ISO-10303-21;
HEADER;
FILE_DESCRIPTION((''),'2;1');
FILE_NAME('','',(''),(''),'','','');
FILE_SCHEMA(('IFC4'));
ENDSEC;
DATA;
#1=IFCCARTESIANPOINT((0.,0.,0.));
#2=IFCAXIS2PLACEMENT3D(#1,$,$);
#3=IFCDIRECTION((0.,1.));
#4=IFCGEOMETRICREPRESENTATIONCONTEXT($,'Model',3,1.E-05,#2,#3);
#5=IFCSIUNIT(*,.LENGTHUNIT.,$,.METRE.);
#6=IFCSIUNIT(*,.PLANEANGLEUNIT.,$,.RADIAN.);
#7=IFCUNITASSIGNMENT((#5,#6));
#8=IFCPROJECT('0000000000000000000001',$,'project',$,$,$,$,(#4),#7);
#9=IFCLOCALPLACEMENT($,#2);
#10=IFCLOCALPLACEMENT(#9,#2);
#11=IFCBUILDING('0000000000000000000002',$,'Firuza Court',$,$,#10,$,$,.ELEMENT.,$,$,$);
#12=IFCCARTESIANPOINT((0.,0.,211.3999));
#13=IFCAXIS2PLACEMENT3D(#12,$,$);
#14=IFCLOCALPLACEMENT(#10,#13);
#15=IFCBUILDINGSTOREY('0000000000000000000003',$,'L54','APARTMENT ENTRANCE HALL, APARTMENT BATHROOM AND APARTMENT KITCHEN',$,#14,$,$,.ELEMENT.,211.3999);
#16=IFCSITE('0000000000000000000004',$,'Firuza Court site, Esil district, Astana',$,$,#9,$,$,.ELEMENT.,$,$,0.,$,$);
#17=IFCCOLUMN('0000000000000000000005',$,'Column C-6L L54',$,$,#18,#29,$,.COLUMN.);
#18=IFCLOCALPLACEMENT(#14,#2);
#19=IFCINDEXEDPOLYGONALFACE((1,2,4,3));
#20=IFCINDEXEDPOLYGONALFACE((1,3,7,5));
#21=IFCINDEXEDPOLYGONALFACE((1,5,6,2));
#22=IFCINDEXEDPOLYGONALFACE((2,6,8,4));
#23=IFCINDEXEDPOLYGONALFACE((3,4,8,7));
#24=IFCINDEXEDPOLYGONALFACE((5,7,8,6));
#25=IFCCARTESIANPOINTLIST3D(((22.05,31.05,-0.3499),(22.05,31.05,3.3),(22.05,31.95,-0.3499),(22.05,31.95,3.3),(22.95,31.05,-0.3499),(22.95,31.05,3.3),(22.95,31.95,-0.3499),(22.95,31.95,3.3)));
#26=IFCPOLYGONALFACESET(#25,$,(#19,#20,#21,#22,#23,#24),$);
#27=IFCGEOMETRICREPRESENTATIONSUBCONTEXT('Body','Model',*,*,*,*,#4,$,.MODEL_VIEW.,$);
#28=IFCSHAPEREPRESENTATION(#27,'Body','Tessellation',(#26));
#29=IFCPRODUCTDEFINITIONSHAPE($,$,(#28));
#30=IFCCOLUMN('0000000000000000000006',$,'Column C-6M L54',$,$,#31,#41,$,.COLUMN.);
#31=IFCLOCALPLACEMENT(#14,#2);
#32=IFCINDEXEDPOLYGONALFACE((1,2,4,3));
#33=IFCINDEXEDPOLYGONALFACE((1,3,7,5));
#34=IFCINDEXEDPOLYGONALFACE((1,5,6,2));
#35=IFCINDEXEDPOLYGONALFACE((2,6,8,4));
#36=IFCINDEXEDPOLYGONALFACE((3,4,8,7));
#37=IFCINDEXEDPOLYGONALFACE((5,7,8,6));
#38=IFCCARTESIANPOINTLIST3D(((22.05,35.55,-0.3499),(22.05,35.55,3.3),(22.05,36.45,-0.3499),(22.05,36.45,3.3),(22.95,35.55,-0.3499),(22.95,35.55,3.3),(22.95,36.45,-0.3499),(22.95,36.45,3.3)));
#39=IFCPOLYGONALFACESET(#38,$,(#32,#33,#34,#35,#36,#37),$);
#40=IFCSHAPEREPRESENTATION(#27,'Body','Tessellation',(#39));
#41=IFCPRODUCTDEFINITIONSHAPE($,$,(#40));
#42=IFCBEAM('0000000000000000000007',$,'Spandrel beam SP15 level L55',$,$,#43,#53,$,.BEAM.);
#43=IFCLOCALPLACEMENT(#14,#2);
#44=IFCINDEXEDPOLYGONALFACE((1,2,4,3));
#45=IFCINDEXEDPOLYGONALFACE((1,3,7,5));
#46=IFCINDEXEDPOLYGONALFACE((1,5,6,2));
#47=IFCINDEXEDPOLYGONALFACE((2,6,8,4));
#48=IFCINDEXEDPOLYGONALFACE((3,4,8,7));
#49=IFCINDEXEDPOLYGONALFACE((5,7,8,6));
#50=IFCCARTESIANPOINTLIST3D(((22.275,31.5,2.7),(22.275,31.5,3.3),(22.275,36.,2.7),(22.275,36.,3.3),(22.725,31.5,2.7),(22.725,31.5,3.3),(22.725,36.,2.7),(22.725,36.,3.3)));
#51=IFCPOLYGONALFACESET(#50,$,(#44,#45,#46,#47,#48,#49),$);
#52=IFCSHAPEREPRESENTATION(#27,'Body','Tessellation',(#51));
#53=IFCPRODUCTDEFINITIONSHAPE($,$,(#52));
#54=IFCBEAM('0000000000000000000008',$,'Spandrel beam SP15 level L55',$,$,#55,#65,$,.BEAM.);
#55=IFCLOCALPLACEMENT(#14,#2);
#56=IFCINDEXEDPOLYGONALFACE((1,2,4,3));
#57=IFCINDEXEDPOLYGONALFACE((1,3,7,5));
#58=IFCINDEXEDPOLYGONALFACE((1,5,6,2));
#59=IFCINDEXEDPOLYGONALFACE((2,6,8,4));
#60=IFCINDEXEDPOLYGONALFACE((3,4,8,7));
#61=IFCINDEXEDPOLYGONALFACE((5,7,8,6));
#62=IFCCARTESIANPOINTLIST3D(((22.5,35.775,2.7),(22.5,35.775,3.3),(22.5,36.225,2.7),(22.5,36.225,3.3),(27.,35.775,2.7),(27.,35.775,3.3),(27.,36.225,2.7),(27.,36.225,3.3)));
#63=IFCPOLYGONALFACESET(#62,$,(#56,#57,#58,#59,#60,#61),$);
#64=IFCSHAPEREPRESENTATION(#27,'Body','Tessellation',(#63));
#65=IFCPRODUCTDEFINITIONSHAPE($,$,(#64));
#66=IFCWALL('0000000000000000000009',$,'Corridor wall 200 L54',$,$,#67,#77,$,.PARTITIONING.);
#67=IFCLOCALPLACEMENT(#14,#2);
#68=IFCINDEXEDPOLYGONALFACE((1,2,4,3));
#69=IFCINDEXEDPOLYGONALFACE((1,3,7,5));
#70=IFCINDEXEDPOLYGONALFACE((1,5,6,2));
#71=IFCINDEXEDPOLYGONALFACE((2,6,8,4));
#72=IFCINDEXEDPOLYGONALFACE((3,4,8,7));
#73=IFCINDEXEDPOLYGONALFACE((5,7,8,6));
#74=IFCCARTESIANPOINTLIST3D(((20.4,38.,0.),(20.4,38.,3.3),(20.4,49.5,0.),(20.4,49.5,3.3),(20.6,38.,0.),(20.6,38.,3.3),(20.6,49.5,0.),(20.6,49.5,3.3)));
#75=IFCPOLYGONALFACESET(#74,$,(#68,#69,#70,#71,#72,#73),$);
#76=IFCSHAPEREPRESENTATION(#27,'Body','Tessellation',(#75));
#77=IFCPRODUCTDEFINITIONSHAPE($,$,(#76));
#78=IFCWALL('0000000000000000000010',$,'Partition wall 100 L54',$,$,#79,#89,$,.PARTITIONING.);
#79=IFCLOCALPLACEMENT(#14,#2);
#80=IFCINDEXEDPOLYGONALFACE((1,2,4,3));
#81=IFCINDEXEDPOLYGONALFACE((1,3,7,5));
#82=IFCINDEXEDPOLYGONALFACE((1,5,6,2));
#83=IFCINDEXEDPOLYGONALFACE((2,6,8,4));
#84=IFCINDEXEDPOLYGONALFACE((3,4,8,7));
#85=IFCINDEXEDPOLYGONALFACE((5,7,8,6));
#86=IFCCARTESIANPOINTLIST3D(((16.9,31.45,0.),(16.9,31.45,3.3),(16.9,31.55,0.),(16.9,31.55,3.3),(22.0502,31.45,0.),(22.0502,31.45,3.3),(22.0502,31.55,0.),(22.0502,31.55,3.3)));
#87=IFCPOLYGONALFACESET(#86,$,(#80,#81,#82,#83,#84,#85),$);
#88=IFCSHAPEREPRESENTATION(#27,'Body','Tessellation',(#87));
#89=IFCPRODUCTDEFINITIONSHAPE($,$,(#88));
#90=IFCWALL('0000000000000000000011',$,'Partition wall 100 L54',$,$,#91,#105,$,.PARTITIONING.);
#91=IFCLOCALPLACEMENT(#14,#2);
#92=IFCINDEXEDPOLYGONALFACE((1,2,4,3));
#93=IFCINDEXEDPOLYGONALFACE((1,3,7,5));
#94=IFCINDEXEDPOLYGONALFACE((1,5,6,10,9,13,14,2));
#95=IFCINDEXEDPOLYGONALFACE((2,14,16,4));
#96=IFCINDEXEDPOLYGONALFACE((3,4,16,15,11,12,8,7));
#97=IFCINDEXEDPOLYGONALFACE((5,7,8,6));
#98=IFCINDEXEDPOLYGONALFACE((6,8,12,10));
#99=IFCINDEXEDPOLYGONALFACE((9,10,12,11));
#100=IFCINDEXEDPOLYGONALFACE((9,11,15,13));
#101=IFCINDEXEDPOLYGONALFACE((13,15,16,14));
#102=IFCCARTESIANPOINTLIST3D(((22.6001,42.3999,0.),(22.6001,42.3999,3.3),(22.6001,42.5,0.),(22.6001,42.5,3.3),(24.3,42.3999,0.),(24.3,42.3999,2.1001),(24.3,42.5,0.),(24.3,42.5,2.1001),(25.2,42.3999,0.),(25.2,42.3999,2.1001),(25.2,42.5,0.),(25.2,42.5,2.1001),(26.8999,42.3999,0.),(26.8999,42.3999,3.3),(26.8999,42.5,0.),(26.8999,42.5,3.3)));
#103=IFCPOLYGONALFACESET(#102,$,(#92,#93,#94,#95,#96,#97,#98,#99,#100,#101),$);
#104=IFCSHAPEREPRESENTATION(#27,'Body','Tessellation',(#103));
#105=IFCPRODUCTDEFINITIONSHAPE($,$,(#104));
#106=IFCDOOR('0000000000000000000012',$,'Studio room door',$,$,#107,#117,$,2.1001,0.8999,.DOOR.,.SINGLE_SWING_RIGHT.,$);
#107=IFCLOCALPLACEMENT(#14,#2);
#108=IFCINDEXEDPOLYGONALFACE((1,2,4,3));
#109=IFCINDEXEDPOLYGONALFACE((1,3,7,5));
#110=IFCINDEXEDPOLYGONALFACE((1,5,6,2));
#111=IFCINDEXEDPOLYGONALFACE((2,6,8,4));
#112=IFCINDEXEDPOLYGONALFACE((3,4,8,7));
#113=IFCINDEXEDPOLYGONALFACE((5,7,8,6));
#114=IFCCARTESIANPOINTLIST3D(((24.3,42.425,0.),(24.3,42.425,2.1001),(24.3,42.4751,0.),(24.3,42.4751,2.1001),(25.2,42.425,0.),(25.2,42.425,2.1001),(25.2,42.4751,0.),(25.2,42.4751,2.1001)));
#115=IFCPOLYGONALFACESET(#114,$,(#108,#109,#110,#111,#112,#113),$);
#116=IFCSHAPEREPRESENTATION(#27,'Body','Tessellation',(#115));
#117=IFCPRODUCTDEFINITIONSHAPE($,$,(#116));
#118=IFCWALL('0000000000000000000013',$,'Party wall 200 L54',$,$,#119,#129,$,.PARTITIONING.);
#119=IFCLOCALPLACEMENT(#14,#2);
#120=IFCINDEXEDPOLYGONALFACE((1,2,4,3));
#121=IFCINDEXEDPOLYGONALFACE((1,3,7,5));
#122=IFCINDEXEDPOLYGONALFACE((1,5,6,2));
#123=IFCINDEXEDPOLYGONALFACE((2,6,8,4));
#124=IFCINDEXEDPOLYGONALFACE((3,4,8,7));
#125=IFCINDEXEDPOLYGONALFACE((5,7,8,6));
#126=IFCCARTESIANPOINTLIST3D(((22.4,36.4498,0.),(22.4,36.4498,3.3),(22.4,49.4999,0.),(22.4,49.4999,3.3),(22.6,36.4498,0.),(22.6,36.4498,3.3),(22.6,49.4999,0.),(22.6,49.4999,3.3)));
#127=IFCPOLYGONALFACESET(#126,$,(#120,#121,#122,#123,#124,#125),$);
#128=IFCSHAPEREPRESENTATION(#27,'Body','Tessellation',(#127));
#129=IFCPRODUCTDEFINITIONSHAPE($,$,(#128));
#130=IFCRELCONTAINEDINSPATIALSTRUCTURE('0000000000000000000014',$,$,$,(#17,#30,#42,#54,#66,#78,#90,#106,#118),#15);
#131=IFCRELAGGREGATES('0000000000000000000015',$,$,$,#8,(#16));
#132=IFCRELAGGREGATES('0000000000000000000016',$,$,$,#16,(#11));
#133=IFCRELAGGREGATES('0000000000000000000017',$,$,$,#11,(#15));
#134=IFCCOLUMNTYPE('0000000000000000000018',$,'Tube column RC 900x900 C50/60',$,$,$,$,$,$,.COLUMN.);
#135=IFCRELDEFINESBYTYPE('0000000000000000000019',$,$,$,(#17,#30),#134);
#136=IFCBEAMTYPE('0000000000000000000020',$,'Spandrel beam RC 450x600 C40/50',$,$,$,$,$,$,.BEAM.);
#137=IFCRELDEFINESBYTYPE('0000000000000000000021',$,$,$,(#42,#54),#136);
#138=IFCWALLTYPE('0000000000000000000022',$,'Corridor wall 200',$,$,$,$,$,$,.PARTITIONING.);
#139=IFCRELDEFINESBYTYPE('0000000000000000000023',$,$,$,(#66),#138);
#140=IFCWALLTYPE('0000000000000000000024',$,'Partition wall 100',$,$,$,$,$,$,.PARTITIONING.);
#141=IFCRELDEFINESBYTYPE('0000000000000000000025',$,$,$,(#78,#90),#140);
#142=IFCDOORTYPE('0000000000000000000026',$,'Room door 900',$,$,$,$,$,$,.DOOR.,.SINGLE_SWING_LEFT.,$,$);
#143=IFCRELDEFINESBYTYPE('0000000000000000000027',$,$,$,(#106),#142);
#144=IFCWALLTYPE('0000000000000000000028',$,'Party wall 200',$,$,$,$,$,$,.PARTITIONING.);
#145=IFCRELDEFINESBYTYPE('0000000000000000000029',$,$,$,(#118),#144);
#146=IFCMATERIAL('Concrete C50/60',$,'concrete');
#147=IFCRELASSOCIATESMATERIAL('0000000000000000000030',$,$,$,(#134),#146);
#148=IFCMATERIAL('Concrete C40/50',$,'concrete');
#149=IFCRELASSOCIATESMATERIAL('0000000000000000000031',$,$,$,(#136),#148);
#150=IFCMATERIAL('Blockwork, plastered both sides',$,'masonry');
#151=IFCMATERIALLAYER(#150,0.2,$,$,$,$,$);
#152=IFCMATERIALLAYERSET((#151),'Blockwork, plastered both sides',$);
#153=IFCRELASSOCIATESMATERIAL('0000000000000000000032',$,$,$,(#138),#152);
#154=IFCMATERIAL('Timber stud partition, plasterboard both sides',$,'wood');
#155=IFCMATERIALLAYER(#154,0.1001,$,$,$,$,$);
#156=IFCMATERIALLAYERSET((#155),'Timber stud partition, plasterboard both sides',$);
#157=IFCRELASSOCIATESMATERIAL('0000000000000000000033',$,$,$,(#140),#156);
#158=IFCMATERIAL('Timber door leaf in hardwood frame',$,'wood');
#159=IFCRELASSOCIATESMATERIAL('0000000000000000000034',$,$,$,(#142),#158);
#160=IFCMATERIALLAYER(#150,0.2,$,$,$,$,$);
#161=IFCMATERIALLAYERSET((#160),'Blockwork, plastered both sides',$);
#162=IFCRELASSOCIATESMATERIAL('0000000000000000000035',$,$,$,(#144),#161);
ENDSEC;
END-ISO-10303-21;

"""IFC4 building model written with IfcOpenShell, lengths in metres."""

from ifc_helpers import new_model, si_unit, direction, frame, frame_2d, origin, origin_2d, place, context, subcontext, project, spatial, rectangle, extrude, material, layer, layer_set, material_profile, profile_set, type_object, element, fill, save


model = new_model("IFC4")

# Units and contexts
model_context = context("Model", 3, precision=1e-05, world=origin(), true_north=direction((0.0, 1.0)))
body_context = subcontext(model_context, "Body", "Model", "MODEL_VIEW")
ifc_project = project(units=[si_unit("LENGTHUNIT", "METRE"), si_unit("PLANEANGLEUNIT", "RADIAN")], contexts=[model_context])

# Site, building, storey
site_placement = place(None, origin())
site = spatial("IfcSite", under=ifc_project, at=site_placement, Name="Firuza Court site, Esil district, Astana", CompositionType="ELEMENT", RefElevation=0.0)
building_placement = place(site_placement, origin())
building = spatial("IfcBuilding", under=site, at=building_placement, Name="Firuza Court", CompositionType="ELEMENT")
storey_placement = place(building_placement, frame((0.0, 0.0, 211.3999)))
storey = spatial("IfcBuildingStorey", under=building, at=storey_placement, Name="L54", Description="APARTMENT ENTRANCE HALL, APARTMENT BATHROOM AND APARTMENT KITCHEN", CompositionType="ELEMENT", Elevation=211.3999)

# Columns
ifc_material_1 = material(Name="Concrete C50/60", Category="concrete")
ifc_material_profile_1 = material_profile(ifc_material_1, rectangle(XDim=0.8999, YDim=0.8999, at=origin_2d()), Name="RC 900x900")
ifc_profile_set_1 = profile_set([ifc_material_profile_1], Name="Concrete C50/60")
column_type = type_object("IfcColumnType", Name="Tube column RC 900x900 C50/60", PredefinedType="COLUMN", material=ifc_profile_set_1)
for number, where, z_axis, x_axis, name in (
    (1, (22.5, 31.5, -0.3499), (0.0, 0.0, 1.0), (1.0, 0.0, 0.0), "Column C-6L L54"),
    (2, (22.5, 36.0, -0.3499), (0.0, 0.0, 1.0), (1.0, 0.0, 0.0), "Column C-6M L54"),
):
    element("IfcColumn", number, at=place(storey_placement, frame(where, z_axis=z_axis, x_axis=x_axis)), inside=storey, type_object=column_type, Name=name, PredefinedType="COLUMN", context=body_context, shape_type="SweptSolid", body=[
        extrude(rectangle(XDim=0.8999, YDim=0.8999, at=origin_2d()), origin(), (0.0, 0.0, 1.0), 3.6499),
    ])

# Beams
ifc_material_2 = material(Name="Concrete C40/50", Category="concrete")
ifc_material_profile_2 = material_profile(ifc_material_2, rectangle(XDim=0.45, YDim=0.6001, at=origin_2d()), Name="RC 450x600")
ifc_profile_set_2 = profile_set([ifc_material_profile_2], Name="Concrete C40/50")
beam_type = type_object("IfcBeamType", Name="Spandrel beam RC 450x600 C40/50", PredefinedType="BEAM", material=ifc_profile_set_2)
for number, where, z_axis, x_axis, name in (
    (3, (22.5, 31.5, 3.0), (0.0, 1.0, 0.0), (-1.0, 0.0, 0.0), "Spandrel beam SP15 level L55"),
    (4, (22.5, 36.0, 3.0), (1.0, 0.0, 0.0), (0.0, 1.0, 0.0), "Spandrel beam SP15 level L55"),
):
    element("IfcBeam", number, at=place(storey_placement, frame(where, z_axis=z_axis, x_axis=x_axis)), inside=storey, type_object=beam_type, Name=name, PredefinedType="BEAM", context=body_context, shape_type="SweptSolid", body=[
        extrude(rectangle(XDim=0.45, YDim=0.6001, at=origin_2d()), origin(), (0.0, 0.0, 1.0), 4.5),
    ])

# Walls
ifc_material_3 = material(Name="Blockwork, plastered both sides", Category="masonry")
ifc_layer_1 = layer(ifc_material_3, 0.2)
ifc_layer_set_1 = layer_set([ifc_layer_1], Name="Blockwork, plastered both sides")
wall_type_1 = type_object("IfcWallType", Name="Corridor wall 200", PredefinedType="PARTITIONING", material=ifc_layer_set_1)
wall_1_placement = place(storey_placement, frame((20.5, 38.0, 0.0), z_axis=(0.0, 0.0, 1.0), x_axis=(0.0, 1.0, 0.0)))
element("IfcWall", 5, at=wall_1_placement, inside=storey, type_object=wall_type_1, Name="Corridor wall 200 L54", PredefinedType="PARTITIONING", context=body_context, shape_type="SweptSolid", body=[
    extrude(rectangle(XDim=11.5, YDim=0.2, at=frame_2d((5.75, 0.0))), origin(), (0.0, 0.0, 1.0), 3.3),
])
ifc_material_4 = material(Name="Timber stud partition, plasterboard both sides", Category="wood")
ifc_layer_2 = layer(ifc_material_4, 0.1001)
ifc_layer_set_2 = layer_set([ifc_layer_2], Name="Timber stud partition, plasterboard both sides")
wall_type_2 = type_object("IfcWallType", Name="Partition wall 100", PredefinedType="PARTITIONING", material=ifc_layer_set_2)
wall_2_placement = place(storey_placement, frame((16.8999, 31.5, 0.0), z_axis=(0.0, 0.0, 1.0), x_axis=(1.0, 0.0, 0.0)))
element("IfcWall", 6, at=wall_2_placement, inside=storey, type_object=wall_type_2, Name="Partition wall 100 L54", PredefinedType="PARTITIONING", context=body_context, shape_type="SweptSolid", body=[
    extrude(rectangle(XDim=5.1501, YDim=0.1001, at=frame_2d((2.5752, 0.0))), origin(), (0.0, 0.0, 1.0), 3.3),
])

# Wall, opening, door
wall_3_placement = place(storey_placement, frame((22.6001, 42.45, 0.0), z_axis=(0.0, 0.0, 1.0), x_axis=(1.0, 0.0, 0.0)))
wall_3 = element("IfcWall", 7, at=wall_3_placement, inside=storey, type_object=wall_type_2, Name="Partition wall 100 L54", PredefinedType="PARTITIONING", context=body_context, shape_type="SweptSolid", body=[
    extrude(rectangle(XDim=4.2998, YDim=0.1001, at=frame_2d((2.1499, 0.0))), origin(), (0.0, 0.0, 1.0), 3.3),
])
opening_1_placement = place(wall_3_placement, frame((1.7, 0.0, 0.0)))
opening_1 = element("IfcOpeningElement", 8, at=opening_1_placement, cuts=wall_3, PredefinedType="OPENING", context=body_context, shape_type="SweptSolid", body=[
    extrude(rectangle(XDim=0.8999, YDim=2.1001, at=frame_2d((0.45, 1.05))), frame((0.0, 0.062, 0.0), z_axis=(0.0, -1.0, 0.0), x_axis=(1.0, 0.0, 0.0)), (0.0, 0.0, 1.0), 0.124),
])
ifc_material_5 = material(Name="Timber door leaf in hardwood frame", Category="wood")
door_type = type_object("IfcDoorType", Name="Room door 900", OperationType="SINGLE_SWING_LEFT", PredefinedType="DOOR", material=ifc_material_5)
door_placement = place(opening_1_placement, frame((0.8999, 0.0, 0.0), z_axis=(0.0, 0.0, 1.0), x_axis=(-1.0, 0.0, 0.0)))
door = element("IfcDoor", 9, at=door_placement, inside=storey, type_object=door_type, Name="Studio room door", OperationType="SINGLE_SWING_RIGHT", OverallHeight=2.1001, OverallWidth=0.8999, PredefinedType="DOOR", context=body_context, shape_type="SweptSolid", body=[
    extrude(rectangle(XDim=0.8999, YDim=2.1001, at=frame_2d((0.45, 1.05))), frame((0.0, 0.0249, 0.0), z_axis=(0.0, -1.0, 0.0), x_axis=(1.0, 0.0, 0.0)), (0.0, 0.0, 1.0), 0.05),
])
fill(opening_1, door)

# Wall
ifc_layer_3 = layer(ifc_material_3, 0.2)
ifc_layer_set_3 = layer_set([ifc_layer_3], Name="Blockwork, plastered both sides")
wall_type_3 = type_object("IfcWallType", Name="Party wall 200", PredefinedType="PARTITIONING", material=ifc_layer_set_3)
wall_4_placement = place(storey_placement, frame((22.5, 36.45, 0.0), z_axis=(0.0, 0.0, 1.0), x_axis=(0.0, 1.0, 0.0)))
element("IfcWall", 10, at=wall_4_placement, inside=storey, type_object=wall_type_3, Name="Party wall 200 L54", PredefinedType="PARTITIONING", context=body_context, shape_type="SweptSolid", body=[
    extrude(rectangle(XDim=13.05, YDim=0.2, at=frame_2d((6.5249, 0.0))), origin(), (0.0, 0.0, 1.0), 3.3),
])

save(model, "model.ifc")
